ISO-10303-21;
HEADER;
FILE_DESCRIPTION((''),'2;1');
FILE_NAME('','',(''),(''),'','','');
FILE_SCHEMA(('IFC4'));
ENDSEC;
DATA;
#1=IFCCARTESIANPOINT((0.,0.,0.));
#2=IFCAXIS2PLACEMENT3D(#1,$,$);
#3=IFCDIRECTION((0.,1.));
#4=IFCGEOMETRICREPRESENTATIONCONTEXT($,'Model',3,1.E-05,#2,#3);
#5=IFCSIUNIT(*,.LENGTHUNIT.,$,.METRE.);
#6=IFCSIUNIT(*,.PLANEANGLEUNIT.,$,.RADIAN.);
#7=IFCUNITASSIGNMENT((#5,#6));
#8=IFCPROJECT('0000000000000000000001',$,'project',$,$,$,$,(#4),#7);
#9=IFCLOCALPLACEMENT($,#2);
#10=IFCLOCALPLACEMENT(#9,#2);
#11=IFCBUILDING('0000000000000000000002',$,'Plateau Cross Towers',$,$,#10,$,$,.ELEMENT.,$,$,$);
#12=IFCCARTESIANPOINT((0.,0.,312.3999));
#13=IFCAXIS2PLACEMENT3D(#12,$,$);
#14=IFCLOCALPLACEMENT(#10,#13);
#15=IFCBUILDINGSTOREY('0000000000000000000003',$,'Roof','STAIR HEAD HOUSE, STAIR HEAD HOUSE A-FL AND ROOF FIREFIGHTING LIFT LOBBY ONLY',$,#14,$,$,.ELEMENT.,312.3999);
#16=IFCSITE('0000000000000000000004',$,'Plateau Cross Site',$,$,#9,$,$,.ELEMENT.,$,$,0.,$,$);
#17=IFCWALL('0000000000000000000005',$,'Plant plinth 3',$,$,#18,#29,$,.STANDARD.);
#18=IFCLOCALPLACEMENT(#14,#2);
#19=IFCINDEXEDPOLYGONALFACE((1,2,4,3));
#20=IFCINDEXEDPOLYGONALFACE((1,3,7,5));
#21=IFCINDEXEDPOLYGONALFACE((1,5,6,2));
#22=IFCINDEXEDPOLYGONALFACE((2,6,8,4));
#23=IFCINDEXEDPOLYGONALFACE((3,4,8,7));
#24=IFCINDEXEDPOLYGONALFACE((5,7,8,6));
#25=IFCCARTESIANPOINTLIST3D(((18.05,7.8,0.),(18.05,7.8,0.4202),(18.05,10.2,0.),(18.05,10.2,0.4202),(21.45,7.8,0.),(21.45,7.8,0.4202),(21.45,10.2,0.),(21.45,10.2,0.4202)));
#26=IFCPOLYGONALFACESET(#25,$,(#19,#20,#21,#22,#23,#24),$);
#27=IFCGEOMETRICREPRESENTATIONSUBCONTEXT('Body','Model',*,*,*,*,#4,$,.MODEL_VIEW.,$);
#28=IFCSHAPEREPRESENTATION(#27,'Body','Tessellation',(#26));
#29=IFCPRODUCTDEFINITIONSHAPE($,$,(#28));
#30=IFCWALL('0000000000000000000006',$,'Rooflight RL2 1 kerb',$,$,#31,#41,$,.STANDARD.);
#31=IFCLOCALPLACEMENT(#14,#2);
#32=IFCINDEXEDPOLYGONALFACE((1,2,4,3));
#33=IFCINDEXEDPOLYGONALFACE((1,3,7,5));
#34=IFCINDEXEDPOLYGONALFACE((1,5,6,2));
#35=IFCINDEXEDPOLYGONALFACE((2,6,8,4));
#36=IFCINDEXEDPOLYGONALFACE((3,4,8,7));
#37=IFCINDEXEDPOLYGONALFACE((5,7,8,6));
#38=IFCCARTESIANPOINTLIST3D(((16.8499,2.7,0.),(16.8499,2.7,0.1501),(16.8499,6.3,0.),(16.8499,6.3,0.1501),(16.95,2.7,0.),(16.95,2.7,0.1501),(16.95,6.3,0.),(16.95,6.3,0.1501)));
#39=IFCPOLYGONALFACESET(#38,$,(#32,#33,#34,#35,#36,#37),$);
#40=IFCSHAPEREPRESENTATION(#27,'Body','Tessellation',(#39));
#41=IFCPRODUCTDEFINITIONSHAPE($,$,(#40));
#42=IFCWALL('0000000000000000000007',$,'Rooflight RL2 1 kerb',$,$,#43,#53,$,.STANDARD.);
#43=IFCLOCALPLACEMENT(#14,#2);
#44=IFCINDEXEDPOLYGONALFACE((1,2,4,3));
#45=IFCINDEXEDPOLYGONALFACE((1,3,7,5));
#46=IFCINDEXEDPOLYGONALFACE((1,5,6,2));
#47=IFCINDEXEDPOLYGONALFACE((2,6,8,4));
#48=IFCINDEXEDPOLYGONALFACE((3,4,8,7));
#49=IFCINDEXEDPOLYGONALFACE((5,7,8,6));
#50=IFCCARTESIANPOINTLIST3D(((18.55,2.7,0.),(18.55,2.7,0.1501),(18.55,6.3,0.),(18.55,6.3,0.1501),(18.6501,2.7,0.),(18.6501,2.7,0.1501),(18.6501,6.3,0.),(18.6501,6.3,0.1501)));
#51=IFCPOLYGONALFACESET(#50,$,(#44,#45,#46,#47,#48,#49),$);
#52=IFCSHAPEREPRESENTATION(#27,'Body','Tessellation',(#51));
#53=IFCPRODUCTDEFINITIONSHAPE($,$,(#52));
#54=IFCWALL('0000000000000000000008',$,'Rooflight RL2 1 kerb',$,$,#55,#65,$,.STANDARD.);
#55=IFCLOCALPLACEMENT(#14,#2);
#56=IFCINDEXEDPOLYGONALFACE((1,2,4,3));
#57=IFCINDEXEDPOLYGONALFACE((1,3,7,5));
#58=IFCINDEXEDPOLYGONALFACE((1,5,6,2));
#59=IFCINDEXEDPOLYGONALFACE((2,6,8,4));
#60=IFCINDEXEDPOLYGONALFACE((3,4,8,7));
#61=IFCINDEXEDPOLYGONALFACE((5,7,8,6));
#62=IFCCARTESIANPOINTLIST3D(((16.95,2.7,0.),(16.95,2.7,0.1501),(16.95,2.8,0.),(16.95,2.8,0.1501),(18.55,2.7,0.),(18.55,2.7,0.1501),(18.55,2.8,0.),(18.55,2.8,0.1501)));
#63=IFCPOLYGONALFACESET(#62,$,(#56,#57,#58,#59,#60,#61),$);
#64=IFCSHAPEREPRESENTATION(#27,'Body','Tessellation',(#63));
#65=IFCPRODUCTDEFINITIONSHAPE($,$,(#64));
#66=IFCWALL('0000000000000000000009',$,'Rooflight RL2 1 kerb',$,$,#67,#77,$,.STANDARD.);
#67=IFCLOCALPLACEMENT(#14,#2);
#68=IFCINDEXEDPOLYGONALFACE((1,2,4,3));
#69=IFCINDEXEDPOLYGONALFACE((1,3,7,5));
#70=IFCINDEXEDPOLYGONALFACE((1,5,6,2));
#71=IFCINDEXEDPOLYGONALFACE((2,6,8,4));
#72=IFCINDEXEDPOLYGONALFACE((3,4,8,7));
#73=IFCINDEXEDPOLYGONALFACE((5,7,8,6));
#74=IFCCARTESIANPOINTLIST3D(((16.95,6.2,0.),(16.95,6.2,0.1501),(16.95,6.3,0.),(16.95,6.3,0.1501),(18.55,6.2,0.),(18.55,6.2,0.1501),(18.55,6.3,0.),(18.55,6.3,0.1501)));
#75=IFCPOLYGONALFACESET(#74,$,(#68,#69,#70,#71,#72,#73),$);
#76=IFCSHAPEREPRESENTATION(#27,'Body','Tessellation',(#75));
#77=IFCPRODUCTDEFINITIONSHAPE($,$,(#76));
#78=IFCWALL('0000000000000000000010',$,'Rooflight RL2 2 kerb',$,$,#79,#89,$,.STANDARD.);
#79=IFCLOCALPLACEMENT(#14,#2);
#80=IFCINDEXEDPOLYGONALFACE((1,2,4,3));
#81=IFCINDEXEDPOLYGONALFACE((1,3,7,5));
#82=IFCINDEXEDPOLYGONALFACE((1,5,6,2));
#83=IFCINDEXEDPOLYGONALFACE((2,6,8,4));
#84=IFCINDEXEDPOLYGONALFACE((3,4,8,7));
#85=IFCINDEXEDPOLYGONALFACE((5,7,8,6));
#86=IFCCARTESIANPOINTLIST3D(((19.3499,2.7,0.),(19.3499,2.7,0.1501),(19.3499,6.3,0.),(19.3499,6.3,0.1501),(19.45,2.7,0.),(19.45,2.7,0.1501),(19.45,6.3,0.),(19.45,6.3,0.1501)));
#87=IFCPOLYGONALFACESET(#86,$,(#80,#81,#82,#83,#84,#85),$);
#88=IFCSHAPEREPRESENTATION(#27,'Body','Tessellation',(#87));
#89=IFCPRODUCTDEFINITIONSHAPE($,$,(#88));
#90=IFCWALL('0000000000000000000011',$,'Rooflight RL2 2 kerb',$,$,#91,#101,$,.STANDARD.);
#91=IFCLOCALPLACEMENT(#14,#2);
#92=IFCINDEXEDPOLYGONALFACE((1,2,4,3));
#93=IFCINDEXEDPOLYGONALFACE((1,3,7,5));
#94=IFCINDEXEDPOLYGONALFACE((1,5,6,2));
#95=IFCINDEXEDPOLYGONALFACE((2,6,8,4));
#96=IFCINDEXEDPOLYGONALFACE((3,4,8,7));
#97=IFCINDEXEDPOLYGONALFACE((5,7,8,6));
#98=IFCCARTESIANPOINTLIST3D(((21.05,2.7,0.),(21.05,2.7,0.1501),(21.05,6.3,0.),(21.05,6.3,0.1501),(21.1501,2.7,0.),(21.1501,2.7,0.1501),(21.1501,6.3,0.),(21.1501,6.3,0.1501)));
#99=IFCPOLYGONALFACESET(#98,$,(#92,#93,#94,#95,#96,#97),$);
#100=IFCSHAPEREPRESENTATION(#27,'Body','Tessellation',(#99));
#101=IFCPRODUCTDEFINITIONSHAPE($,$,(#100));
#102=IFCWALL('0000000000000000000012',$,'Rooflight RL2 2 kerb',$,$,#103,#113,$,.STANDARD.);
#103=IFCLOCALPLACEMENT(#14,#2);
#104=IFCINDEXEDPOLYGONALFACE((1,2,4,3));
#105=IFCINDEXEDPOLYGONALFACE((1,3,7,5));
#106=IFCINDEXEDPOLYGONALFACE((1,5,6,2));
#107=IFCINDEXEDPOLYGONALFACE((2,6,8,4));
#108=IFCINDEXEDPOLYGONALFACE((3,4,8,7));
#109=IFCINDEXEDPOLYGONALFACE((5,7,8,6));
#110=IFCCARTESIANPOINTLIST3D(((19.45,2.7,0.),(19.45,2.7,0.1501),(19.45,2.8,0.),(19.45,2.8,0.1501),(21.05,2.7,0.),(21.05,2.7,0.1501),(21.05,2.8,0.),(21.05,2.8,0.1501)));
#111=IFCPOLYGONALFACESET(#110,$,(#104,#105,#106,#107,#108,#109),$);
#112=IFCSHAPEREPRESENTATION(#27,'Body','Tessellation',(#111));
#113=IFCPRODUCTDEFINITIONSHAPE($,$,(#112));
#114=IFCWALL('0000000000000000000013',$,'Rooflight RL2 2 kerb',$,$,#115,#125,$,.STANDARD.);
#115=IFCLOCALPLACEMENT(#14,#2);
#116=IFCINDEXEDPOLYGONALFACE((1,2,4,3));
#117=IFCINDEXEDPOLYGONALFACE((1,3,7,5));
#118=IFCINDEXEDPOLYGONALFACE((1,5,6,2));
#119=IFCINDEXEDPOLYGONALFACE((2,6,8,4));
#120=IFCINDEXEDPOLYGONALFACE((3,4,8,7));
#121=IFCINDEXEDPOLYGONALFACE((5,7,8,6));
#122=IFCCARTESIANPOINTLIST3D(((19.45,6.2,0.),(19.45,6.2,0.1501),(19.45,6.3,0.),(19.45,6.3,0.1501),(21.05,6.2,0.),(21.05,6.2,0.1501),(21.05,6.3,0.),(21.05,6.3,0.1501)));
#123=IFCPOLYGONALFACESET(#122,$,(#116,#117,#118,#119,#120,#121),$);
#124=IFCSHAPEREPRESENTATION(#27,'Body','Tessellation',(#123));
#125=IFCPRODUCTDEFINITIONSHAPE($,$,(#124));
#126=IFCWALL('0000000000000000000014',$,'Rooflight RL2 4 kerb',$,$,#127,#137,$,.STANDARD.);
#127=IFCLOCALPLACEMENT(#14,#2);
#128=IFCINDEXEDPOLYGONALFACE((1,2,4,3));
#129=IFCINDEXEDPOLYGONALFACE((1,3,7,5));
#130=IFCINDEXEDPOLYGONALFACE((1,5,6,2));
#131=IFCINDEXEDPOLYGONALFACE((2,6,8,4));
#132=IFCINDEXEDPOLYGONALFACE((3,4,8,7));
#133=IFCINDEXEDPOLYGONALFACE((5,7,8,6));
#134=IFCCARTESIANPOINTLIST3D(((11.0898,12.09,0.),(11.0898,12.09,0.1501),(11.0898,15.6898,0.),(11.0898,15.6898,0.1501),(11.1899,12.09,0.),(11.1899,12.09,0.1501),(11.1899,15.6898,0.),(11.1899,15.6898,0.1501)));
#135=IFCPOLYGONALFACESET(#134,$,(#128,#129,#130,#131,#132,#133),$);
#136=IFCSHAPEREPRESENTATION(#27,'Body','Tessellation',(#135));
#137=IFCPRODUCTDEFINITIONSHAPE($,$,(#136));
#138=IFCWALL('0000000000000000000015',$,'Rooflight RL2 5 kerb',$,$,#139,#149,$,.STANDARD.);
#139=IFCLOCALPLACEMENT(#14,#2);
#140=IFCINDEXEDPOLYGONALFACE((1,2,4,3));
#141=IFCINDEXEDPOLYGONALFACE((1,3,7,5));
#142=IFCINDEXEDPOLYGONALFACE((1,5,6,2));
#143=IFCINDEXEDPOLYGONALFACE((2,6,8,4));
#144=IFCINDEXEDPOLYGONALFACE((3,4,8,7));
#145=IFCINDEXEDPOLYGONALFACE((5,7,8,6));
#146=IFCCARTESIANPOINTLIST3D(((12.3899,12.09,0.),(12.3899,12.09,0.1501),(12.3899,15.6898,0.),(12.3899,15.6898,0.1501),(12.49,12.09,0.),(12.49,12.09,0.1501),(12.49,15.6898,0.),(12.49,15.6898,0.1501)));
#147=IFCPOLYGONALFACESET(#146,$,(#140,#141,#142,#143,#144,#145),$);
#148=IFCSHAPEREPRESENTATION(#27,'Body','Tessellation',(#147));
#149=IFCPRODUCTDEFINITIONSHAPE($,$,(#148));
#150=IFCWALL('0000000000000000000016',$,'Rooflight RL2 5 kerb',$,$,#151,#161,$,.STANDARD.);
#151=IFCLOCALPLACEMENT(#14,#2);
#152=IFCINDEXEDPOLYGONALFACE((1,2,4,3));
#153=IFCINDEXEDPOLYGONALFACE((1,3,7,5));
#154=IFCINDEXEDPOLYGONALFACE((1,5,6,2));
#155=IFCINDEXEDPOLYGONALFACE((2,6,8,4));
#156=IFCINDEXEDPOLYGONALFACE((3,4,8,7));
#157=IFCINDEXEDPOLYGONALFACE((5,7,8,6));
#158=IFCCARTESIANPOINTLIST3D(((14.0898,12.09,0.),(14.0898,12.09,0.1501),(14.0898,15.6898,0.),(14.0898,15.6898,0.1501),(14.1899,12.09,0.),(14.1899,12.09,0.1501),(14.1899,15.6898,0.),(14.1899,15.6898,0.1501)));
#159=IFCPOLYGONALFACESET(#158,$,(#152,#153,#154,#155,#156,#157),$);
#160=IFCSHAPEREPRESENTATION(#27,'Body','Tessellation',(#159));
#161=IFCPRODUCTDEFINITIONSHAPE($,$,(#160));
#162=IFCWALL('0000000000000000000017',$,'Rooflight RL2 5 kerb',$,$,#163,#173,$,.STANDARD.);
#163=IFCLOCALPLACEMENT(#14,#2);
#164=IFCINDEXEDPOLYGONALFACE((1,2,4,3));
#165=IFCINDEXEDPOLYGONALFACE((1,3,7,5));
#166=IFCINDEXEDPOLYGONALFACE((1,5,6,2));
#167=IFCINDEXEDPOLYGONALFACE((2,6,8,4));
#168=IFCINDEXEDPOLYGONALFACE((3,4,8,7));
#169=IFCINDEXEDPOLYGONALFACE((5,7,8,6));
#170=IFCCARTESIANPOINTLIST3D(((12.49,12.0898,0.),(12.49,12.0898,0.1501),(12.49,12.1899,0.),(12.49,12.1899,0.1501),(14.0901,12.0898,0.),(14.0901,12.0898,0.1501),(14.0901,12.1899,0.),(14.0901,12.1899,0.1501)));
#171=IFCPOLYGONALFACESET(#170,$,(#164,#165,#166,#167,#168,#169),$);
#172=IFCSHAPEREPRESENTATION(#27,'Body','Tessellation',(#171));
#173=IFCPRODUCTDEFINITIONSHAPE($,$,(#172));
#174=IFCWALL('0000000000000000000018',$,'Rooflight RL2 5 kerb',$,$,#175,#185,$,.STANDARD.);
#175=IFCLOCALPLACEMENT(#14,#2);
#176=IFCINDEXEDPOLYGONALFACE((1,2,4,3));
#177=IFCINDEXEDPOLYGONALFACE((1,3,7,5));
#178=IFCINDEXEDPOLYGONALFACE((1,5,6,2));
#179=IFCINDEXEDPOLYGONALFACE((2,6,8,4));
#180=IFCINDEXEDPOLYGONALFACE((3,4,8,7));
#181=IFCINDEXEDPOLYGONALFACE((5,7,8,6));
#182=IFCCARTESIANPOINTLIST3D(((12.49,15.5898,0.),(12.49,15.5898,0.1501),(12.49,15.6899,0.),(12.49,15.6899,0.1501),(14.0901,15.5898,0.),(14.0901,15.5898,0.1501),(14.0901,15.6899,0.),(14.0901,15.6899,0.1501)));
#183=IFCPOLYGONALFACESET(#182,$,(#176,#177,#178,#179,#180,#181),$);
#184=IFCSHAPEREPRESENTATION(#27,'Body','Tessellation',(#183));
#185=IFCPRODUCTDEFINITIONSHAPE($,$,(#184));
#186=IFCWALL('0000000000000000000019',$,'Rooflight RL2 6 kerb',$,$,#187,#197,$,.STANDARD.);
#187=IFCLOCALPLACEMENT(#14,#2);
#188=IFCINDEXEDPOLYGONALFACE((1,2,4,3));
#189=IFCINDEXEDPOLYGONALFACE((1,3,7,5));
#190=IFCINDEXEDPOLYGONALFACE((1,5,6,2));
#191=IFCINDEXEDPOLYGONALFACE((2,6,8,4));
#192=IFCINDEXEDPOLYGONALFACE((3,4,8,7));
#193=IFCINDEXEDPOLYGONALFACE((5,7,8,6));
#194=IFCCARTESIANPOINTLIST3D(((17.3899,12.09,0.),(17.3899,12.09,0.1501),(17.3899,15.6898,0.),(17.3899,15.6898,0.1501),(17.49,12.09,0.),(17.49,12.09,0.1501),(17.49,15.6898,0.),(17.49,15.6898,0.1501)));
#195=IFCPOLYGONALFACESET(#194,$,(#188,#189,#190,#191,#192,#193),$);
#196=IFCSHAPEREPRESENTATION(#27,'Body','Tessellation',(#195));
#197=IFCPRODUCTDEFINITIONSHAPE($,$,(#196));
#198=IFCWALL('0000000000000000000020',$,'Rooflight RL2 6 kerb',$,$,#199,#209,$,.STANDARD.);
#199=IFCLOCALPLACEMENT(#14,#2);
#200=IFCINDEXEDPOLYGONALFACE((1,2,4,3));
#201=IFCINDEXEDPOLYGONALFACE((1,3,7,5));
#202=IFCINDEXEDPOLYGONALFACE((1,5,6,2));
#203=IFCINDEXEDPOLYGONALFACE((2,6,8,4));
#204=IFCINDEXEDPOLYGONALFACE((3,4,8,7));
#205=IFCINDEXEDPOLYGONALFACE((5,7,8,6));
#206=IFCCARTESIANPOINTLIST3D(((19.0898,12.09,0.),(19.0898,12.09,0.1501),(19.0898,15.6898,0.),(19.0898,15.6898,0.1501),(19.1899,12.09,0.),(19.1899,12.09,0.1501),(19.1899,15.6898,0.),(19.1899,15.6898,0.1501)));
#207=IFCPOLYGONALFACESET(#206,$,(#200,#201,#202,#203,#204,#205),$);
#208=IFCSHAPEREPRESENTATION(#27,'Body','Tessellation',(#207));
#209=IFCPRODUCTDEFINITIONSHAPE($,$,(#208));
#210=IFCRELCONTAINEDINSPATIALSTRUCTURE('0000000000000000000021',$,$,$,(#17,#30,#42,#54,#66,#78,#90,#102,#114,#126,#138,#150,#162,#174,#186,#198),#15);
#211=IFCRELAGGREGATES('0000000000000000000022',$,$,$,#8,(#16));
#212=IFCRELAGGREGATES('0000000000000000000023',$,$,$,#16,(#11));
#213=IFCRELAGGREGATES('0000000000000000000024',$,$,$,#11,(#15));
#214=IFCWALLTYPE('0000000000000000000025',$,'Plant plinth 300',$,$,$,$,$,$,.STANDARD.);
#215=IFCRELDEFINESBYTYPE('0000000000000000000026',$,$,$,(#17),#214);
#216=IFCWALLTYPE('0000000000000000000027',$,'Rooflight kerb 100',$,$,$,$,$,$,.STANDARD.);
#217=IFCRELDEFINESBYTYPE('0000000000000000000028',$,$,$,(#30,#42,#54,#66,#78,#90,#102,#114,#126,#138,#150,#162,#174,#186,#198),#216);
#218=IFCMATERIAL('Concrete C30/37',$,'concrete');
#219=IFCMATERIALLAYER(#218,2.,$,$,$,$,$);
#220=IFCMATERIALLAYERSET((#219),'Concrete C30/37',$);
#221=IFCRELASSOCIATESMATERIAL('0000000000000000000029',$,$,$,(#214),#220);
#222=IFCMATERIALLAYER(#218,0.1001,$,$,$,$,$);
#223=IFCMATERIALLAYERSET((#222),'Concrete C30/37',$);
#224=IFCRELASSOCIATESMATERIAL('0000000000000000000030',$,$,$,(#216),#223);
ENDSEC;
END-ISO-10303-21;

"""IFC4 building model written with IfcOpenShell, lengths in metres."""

from ifc_helpers import new_model, si_unit, direction, frame, frame_2d, origin, place, context, subcontext, project, spatial, rectangle, extrude, material, layer, layer_set, type_object, element, save


model = new_model("IFC4")

# Units and contexts
model_context = context("Model", 3, precision=1e-05, world=origin(), true_north=direction((0.0, 1.0)))
body_context = subcontext(model_context, "Body", "Model", "MODEL_VIEW")
ifc_project = project(units=[si_unit("LENGTHUNIT", "METRE"), si_unit("PLANEANGLEUNIT", "RADIAN")], contexts=[model_context])

# Site, building, storey
site_placement = place(None, origin())
site = spatial("IfcSite", under=ifc_project, at=site_placement, Name="Plateau Cross Site", CompositionType="ELEMENT", RefElevation=0.0)
building_placement = place(site_placement, origin())
building = spatial("IfcBuilding", under=site, at=building_placement, Name="Plateau Cross Towers", CompositionType="ELEMENT")
storey_placement = place(building_placement, frame((0.0, 0.0, 312.3999)))
storey = spatial("IfcBuildingStorey", under=building, at=storey_placement, Name="Roof", Description="STAIR HEAD HOUSE, STAIR HEAD HOUSE A-FL AND ROOF FIREFIGHTING LIFT LOBBY ONLY", CompositionType="ELEMENT", Elevation=312.3999)

# Walls
ifc_material_1 = material(Name="Concrete C30/37", Category="concrete")
ifc_layer_1 = layer(ifc_material_1, 2.0)
ifc_layer_set_1 = layer_set([ifc_layer_1], Name="Concrete C30/37")
wall_type_1 = type_object("IfcWallType", Name="Plant plinth 300", PredefinedType="STANDARD", material=ifc_layer_set_1)
for number, where, z_axis, x_axis, name in (
    (1, (18.05, 9.0, 0.0), (0.0, 0.0, 1.0), (1.0, 0.0, 0.0), "Plant plinth 3"),
):
    element("IfcWall", number, at=place(storey_placement, frame(where, z_axis=z_axis, x_axis=x_axis)), inside=storey, type_object=wall_type_1, Name=name, PredefinedType="STANDARD", context=body_context, shape_type="SweptSolid", body=[
        extrude(rectangle(XDim=3.3999, YDim=2.3999, at=frame_2d((1.7, 0.0))), origin(), (0.0, 0.0, 1.0), 0.4202),
    ])
ifc_layer_2 = layer(ifc_material_1, 0.1001)
ifc_layer_set_2 = layer_set([ifc_layer_2], Name="Concrete C30/37")
wall_type_2 = type_object("IfcWallType", Name="Rooflight kerb 100", PredefinedType="STANDARD", material=ifc_layer_set_2)
for number, where, z_axis, x_axis, name in (
    (2, (16.8999, 2.7, 0.0), (0.0, 0.0, 1.0), (0.0, 1.0, 0.0), "Rooflight RL2 1 kerb"),
    (3, (18.6001, 2.7, 0.0), (0.0, 0.0, 1.0), (0.0, 1.0, 0.0), "Rooflight RL2 1 kerb"),
):
    element("IfcWall", number, at=place(storey_placement, frame(where, z_axis=z_axis, x_axis=x_axis)), inside=storey, type_object=wall_type_2, Name=name, PredefinedType="STANDARD", context=body_context, shape_type="SweptSolid", body=[
        extrude(rectangle(XDim=3.6001, YDim=0.1001, at=frame_2d((1.8, 0.0))), origin(), (0.0, 0.0, 1.0), 0.1501),
    ])
for number, where, z_axis, x_axis, name in (
    (4, (16.95, 2.75, 0.0), (0.0, 0.0, 1.0), (1.0, 0.0, 0.0), "Rooflight RL2 1 kerb"),
    (5, (16.95, 6.25, 0.0), (0.0, 0.0, 1.0), (1.0, 0.0, 0.0), "Rooflight RL2 1 kerb"),
):
    element("IfcWall", number, at=place(storey_placement, frame(where, z_axis=z_axis, x_axis=x_axis)), inside=storey, type_object=wall_type_2, Name=name, PredefinedType="STANDARD", context=body_context, shape_type="SweptSolid", body=[
        extrude(rectangle(XDim=1.6001, YDim=0.1001, at=frame_2d((0.8, 0.0))), origin(), (0.0, 0.0, 1.0), 0.1501),
    ])
for number, where, z_axis, x_axis, name in (
    (6, (19.3999, 2.7, 0.0), (0.0, 0.0, 1.0), (0.0, 1.0, 0.0), "Rooflight RL2 2 kerb"),
    (7, (21.1001, 2.7, 0.0), (0.0, 0.0, 1.0), (0.0, 1.0, 0.0), "Rooflight RL2 2 kerb"),
):
    element("IfcWall", number, at=place(storey_placement, frame(where, z_axis=z_axis, x_axis=x_axis)), inside=storey, type_object=wall_type_2, Name=name, PredefinedType="STANDARD", context=body_context, shape_type="SweptSolid", body=[
        extrude(rectangle(XDim=3.6001, YDim=0.1001, at=frame_2d((1.8, 0.0))), origin(), (0.0, 0.0, 1.0), 0.1501),
    ])
for number, where, z_axis, x_axis, name in (
    (8, (19.45, 2.75, 0.0), (0.0, 0.0, 1.0), (1.0, 0.0, 0.0), "Rooflight RL2 2 kerb"),
    (9, (19.45, 6.25, 0.0), (0.0, 0.0, 1.0), (1.0, 0.0, 0.0), "Rooflight RL2 2 kerb"),
):
    element("IfcWall", number, at=place(storey_placement, frame(where, z_axis=z_axis, x_axis=x_axis)), inside=storey, type_object=wall_type_2, Name=name, PredefinedType="STANDARD", context=body_context, shape_type="SweptSolid", body=[
        extrude(rectangle(XDim=1.6001, YDim=0.1001, at=frame_2d((0.8, 0.0))), origin(), (0.0, 0.0, 1.0), 0.1501),
    ])
for number, where, z_axis, x_axis, name in (
    (10, (11.1399, 12.0901, 0.0), (0.0, 0.0, 1.0), (0.0, 1.0, 0.0), "Rooflight RL2 4 kerb"),
    (11, (12.4399, 12.0901, 0.0), (0.0, 0.0, 1.0), (0.0, 1.0, 0.0), "Rooflight RL2 5 kerb"),
    (12, (14.1399, 12.0901, 0.0), (0.0, 0.0, 1.0), (0.0, 1.0, 0.0), "Rooflight RL2 5 kerb"),
):
    element("IfcWall", number, at=place(storey_placement, frame(where, z_axis=z_axis, x_axis=x_axis)), inside=storey, type_object=wall_type_2, Name=name, PredefinedType="STANDARD", context=body_context, shape_type="SweptSolid", body=[
        extrude(rectangle(XDim=3.5999, YDim=0.1001, at=frame_2d((1.7998, 0.0))), origin(), (0.0, 0.0, 1.0), 0.1501),
    ])
for number, where, z_axis, x_axis, name in (
    (13, (12.49, 12.1399, 0.0), (0.0, 0.0, 1.0), (1.0, 0.0, 0.0), "Rooflight RL2 5 kerb"),
    (14, (12.49, 15.6399, 0.0), (0.0, 0.0, 1.0), (1.0, 0.0, 0.0), "Rooflight RL2 5 kerb"),
):
    element("IfcWall", number, at=place(storey_placement, frame(where, z_axis=z_axis, x_axis=x_axis)), inside=storey, type_object=wall_type_2, Name=name, PredefinedType="STANDARD", context=body_context, shape_type="SweptSolid", body=[
        extrude(rectangle(XDim=1.6001, YDim=0.1001, at=frame_2d((0.8, 0.0))), origin(), (0.0, 0.0, 1.0), 0.1501),
    ])
for number, where, z_axis, x_axis, name in (
    (15, (17.4399, 12.0901, 0.0), (0.0, 0.0, 1.0), (0.0, 1.0, 0.0), "Rooflight RL2 6 kerb"),
    (16, (19.1399, 12.0901, 0.0), (0.0, 0.0, 1.0), (0.0, 1.0, 0.0), "Rooflight RL2 6 kerb"),
):
    element("IfcWall", number, at=place(storey_placement, frame(where, z_axis=z_axis, x_axis=x_axis)), inside=storey, type_object=wall_type_2, Name=name, PredefinedType="STANDARD", context=body_context, shape_type="SweptSolid", body=[
        extrude(rectangle(XDim=3.5999, YDim=0.1001, at=frame_2d((1.7998, 0.0))), origin(), (0.0, 0.0, 1.0), 0.1501),
    ])

save(model, "model.ifc")
